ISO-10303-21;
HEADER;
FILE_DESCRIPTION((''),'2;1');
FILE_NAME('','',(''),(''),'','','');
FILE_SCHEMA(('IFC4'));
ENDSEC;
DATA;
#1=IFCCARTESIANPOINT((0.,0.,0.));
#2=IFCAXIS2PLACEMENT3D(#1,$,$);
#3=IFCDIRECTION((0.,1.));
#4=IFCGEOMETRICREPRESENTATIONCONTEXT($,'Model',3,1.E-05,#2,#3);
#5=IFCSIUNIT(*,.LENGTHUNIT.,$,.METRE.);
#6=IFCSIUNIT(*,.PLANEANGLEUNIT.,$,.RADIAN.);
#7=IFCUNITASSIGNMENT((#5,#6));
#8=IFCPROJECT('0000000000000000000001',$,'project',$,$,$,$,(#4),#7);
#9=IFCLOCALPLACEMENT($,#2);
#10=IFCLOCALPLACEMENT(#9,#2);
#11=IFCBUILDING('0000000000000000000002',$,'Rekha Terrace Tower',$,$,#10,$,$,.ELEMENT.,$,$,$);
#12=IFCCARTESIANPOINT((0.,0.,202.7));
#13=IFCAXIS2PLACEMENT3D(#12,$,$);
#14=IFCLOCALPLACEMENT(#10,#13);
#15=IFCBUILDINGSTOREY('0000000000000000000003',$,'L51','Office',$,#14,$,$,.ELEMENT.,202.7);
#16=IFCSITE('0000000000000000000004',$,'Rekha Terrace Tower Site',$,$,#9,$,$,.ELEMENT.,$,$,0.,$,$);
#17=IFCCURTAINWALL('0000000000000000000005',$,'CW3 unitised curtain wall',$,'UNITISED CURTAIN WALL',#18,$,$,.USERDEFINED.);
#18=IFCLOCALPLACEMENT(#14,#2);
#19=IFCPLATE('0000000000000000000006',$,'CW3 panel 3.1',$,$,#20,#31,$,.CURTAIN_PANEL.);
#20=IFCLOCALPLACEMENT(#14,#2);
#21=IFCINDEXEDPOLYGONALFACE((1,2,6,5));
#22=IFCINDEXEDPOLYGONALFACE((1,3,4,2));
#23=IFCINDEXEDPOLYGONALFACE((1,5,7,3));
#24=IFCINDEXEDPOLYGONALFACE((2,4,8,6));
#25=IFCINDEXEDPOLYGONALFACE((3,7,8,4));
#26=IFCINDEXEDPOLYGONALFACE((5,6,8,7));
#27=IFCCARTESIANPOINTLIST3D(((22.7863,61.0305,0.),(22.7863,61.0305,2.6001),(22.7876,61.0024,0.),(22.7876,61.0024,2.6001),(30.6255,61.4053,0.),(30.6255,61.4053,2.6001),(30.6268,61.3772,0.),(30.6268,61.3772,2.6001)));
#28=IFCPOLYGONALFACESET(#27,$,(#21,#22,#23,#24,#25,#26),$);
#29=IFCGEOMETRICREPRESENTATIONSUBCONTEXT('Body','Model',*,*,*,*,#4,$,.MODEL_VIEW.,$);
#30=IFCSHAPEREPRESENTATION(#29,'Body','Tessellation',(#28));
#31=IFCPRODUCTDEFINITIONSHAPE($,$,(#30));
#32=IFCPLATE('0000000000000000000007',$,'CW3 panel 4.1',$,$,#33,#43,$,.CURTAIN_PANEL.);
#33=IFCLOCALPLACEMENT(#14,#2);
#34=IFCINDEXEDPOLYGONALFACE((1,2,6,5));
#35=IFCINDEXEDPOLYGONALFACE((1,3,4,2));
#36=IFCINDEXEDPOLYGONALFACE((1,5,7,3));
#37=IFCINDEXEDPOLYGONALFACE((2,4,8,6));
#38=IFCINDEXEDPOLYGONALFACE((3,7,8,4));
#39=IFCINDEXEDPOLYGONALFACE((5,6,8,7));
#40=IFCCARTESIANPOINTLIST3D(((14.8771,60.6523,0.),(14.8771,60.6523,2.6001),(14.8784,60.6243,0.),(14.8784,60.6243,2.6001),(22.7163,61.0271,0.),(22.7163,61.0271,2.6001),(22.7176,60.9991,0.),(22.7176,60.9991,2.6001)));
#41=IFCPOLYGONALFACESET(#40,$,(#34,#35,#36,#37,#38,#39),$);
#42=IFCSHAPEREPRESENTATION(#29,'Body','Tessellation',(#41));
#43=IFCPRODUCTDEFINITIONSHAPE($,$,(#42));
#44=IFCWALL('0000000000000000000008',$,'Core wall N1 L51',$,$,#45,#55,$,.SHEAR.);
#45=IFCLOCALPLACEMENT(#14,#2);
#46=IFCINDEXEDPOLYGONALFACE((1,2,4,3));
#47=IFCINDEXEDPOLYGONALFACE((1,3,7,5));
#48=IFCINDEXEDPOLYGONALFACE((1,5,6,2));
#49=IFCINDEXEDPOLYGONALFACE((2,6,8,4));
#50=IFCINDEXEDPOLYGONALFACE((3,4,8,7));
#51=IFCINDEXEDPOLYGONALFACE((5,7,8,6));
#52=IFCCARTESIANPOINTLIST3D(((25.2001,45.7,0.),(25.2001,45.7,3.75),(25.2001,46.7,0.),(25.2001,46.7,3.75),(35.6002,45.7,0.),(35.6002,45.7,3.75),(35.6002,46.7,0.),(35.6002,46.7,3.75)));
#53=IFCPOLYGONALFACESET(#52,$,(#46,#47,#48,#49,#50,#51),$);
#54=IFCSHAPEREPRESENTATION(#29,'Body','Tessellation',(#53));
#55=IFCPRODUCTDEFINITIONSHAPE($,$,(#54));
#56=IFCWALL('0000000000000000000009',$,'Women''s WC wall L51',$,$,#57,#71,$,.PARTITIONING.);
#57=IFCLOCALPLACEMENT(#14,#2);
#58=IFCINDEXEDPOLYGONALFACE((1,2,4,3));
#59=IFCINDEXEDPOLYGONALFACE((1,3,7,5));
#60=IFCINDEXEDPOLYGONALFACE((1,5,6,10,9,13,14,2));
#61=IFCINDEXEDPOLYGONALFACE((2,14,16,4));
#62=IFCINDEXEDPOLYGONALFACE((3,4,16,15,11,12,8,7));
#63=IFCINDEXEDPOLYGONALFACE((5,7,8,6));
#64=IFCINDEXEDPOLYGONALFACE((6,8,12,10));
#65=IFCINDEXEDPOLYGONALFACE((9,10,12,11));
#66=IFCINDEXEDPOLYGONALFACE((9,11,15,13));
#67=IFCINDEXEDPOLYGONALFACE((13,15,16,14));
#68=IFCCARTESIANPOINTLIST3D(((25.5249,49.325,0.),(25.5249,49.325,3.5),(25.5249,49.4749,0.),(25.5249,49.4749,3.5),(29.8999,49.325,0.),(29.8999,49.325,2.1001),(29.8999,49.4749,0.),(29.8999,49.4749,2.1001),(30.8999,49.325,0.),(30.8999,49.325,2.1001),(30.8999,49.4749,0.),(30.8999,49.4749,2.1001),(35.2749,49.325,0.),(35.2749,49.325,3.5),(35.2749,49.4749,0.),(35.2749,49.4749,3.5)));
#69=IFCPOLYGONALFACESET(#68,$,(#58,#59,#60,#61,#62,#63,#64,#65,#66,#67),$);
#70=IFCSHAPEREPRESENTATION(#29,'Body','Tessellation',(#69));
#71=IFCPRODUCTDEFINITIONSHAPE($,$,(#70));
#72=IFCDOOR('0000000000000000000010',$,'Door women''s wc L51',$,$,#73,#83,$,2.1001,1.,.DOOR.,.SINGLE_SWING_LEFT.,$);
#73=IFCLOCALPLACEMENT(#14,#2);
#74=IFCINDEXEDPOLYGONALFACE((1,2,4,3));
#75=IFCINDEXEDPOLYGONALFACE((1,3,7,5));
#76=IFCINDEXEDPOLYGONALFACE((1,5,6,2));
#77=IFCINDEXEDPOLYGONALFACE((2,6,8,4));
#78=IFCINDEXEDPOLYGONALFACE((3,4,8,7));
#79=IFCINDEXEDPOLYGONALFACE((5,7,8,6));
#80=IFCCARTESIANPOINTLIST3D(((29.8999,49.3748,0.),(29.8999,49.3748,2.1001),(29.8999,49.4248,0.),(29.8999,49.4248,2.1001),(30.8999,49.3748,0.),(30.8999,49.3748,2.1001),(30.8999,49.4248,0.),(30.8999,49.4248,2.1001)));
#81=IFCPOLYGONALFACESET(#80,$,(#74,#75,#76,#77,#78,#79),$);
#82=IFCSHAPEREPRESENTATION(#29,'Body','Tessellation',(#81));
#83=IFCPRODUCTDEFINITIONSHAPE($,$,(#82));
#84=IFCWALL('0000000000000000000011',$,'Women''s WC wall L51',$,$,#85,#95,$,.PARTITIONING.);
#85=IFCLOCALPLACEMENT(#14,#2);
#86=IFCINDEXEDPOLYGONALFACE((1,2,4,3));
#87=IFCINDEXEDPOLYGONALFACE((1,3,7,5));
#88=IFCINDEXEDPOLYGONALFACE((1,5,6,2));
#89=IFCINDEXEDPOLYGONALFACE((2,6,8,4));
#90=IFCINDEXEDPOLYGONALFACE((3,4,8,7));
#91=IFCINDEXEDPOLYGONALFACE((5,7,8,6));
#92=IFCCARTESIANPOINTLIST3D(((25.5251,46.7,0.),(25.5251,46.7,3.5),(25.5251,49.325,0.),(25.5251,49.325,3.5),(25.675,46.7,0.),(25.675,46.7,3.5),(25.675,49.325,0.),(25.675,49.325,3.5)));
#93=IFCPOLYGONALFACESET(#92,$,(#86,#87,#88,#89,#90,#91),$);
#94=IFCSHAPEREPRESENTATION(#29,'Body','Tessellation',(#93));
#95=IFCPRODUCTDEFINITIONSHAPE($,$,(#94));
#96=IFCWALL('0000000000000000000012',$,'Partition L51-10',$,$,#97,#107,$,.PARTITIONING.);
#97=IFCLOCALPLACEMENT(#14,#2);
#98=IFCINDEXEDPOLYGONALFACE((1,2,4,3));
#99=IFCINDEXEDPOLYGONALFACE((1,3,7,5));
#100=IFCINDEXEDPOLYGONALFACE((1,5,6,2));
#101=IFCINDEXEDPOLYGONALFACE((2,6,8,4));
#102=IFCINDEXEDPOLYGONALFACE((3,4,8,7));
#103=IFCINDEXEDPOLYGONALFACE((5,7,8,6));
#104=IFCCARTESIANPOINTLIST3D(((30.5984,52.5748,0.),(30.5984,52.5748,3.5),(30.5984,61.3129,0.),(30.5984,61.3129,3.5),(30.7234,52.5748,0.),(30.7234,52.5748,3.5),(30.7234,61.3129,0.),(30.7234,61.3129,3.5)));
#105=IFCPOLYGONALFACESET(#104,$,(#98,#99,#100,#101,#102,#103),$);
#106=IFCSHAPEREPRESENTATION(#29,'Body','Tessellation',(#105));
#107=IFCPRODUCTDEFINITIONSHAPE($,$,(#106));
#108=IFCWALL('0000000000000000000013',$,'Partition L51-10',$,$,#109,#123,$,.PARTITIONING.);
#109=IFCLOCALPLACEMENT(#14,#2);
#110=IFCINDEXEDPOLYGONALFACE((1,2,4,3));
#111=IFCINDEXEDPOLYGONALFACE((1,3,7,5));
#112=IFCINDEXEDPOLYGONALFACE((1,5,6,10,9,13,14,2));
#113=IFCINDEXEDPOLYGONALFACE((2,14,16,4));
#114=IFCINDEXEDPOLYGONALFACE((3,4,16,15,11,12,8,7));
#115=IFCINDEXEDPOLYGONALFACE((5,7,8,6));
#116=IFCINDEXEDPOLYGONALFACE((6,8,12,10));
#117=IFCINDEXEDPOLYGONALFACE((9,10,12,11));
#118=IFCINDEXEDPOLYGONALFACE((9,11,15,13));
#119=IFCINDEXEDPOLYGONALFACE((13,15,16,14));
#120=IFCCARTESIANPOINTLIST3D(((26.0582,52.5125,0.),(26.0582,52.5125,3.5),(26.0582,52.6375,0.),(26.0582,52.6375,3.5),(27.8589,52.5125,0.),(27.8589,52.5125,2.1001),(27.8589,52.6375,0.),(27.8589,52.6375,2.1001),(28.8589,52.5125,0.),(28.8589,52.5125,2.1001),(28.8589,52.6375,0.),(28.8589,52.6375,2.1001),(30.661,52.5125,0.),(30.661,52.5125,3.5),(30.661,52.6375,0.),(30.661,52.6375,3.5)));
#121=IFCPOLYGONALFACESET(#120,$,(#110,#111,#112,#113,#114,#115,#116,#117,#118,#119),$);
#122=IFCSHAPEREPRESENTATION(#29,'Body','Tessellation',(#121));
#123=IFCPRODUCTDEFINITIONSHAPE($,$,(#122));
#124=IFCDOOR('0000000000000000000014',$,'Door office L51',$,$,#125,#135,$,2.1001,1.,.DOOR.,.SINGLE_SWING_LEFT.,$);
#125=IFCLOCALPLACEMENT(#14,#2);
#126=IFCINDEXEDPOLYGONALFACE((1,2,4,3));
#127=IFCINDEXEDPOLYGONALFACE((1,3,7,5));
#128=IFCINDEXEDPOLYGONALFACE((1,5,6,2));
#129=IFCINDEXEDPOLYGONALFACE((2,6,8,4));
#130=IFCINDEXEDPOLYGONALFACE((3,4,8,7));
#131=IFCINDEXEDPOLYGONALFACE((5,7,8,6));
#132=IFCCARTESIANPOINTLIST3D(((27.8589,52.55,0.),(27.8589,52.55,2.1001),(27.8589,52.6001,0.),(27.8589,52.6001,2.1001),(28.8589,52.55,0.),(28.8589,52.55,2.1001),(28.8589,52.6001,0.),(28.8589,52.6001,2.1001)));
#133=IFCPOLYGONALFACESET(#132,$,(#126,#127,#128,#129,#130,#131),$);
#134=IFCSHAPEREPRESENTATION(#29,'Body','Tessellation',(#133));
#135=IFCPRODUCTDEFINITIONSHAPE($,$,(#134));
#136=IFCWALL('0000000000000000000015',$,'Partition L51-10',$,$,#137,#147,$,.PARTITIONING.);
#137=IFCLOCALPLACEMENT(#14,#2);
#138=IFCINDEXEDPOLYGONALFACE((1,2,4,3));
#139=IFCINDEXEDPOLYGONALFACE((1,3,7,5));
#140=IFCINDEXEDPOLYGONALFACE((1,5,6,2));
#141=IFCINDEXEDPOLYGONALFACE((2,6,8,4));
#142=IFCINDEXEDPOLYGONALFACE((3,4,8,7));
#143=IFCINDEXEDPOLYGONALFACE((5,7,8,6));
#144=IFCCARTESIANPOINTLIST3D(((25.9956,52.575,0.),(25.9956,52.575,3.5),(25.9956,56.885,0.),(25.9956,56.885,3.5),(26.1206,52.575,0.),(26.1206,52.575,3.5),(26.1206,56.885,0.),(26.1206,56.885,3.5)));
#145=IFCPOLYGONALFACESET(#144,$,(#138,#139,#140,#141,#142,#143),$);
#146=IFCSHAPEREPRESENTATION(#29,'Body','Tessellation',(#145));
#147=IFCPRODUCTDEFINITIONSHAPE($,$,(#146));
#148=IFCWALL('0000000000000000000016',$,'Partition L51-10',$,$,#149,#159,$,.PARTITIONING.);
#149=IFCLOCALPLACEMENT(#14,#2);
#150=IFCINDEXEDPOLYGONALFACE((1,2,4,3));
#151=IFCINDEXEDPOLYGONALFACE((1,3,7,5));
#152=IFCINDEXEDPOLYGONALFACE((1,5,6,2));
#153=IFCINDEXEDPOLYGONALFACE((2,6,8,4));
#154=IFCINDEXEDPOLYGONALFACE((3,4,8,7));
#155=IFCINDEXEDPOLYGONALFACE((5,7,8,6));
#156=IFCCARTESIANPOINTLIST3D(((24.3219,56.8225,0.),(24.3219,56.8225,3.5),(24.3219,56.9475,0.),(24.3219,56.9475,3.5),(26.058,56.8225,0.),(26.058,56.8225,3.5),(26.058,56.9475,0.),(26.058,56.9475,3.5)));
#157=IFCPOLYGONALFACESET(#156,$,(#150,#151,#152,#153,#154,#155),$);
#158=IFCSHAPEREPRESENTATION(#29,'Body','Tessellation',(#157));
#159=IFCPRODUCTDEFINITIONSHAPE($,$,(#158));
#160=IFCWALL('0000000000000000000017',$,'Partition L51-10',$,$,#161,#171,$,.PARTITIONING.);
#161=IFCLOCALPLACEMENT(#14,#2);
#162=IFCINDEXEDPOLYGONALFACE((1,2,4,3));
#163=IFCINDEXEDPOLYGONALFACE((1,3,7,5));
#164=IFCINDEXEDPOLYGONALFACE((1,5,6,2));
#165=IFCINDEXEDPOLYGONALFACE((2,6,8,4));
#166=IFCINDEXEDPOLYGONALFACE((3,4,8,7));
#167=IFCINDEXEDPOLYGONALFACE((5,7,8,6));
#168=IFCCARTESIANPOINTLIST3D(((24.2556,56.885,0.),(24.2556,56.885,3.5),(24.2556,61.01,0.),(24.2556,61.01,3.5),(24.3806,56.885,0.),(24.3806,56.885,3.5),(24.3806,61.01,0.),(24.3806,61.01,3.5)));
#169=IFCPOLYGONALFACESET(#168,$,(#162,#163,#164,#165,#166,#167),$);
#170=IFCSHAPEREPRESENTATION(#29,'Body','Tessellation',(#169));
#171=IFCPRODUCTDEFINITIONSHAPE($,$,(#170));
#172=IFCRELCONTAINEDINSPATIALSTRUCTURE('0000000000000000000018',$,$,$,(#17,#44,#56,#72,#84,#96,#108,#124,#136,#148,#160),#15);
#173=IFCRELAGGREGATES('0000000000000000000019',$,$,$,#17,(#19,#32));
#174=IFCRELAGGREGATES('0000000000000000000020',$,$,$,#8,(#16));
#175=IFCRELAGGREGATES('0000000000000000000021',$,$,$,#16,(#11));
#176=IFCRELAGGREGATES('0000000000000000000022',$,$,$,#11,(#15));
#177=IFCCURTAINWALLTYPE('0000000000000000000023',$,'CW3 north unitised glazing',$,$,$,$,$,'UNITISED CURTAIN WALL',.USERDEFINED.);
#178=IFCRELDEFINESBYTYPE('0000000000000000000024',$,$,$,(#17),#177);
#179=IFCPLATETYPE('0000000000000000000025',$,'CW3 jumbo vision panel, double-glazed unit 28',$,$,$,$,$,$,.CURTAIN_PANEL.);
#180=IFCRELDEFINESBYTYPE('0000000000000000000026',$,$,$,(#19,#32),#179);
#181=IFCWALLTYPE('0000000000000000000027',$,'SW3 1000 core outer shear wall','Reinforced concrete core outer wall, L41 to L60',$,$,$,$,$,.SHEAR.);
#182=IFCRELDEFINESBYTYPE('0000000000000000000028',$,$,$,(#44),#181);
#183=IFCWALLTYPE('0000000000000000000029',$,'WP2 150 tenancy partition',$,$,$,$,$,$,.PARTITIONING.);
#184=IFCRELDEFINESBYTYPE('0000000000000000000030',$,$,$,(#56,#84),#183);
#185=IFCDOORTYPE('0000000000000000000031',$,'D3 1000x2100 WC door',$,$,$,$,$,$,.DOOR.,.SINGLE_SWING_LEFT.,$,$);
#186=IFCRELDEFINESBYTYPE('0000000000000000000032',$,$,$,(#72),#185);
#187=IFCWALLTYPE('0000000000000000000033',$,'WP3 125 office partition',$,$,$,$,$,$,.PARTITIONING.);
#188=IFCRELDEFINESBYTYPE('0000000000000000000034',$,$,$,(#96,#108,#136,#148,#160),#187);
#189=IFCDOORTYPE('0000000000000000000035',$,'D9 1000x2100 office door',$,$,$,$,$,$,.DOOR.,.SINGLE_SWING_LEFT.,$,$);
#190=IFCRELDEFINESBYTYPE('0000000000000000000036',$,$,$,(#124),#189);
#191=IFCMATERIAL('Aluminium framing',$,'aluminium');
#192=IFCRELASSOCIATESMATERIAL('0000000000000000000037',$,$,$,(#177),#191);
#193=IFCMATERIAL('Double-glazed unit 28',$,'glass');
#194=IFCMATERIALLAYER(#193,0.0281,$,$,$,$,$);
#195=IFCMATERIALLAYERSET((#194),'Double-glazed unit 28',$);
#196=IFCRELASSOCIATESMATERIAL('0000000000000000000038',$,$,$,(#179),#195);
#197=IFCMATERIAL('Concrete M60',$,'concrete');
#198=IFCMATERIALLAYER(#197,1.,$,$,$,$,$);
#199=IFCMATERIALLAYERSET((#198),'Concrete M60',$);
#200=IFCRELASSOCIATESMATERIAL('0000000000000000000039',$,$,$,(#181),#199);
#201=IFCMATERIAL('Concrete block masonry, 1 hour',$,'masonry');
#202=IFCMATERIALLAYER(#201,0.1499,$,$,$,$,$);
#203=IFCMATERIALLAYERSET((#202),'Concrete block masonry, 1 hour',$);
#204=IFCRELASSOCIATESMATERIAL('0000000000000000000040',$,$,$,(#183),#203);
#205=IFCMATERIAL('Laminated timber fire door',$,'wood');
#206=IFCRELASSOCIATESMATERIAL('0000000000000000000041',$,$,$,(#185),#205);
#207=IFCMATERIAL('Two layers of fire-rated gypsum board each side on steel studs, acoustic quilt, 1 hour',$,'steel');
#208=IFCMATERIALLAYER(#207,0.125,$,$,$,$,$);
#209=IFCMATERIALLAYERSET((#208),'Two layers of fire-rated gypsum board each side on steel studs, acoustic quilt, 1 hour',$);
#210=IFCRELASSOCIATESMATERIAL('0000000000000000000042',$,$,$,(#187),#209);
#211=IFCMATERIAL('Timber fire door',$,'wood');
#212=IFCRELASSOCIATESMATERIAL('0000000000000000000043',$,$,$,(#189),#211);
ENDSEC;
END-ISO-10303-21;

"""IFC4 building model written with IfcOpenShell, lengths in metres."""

from ifc_helpers import new_model, si_unit, direction, frame, frame_2d, origin, origin_2d, place, context, subcontext, project, spatial, rectangle, extrude, material, layer, layer_set, type_object, element, fill, aggregate, save


model = new_model("IFC4")

# Units and contexts
model_context = context("Model", 3, precision=1e-05, world=origin(), true_north=direction((0.0, 1.0)))
body_context = subcontext(model_context, "Body", "Model", "MODEL_VIEW")
ifc_project = project(units=[si_unit("LENGTHUNIT", "METRE"), si_unit("PLANEANGLEUNIT", "RADIAN")], contexts=[model_context])

# Site, building, storey
site_placement = place(None, origin())
site = spatial("IfcSite", under=ifc_project, at=site_placement, Name="Rekha Terrace Tower Site", CompositionType="ELEMENT", RefElevation=0.0)
building_placement = place(site_placement, origin())
building = spatial("IfcBuilding", under=site, at=building_placement, Name="Rekha Terrace Tower", CompositionType="ELEMENT")
storey_placement = place(building_placement, frame((0.0, 0.0, 202.7)))
storey = spatial("IfcBuildingStorey", under=building, at=storey_placement, Name="L51", Description="Office", CompositionType="ELEMENT", Elevation=202.7)

# Curtain wall, plates
ifc_material_1 = material(Name="Aluminium framing", Category="aluminium")
curtain_wall_type = type_object("IfcCurtainWallType", Name="CW3 north unitised glazing", ElementType="UNITISED CURTAIN WALL", PredefinedType="USERDEFINED", material=ifc_material_1)
curtain_wall_placement = place(storey_placement, origin())
curtain_wall = element("IfcCurtainWall", 1, at=curtain_wall_placement, inside=storey, type_object=curtain_wall_type, Name="CW3 unitised curtain wall", ObjectType="UNITISED CURTAIN WALL", PredefinedType="USERDEFINED")
ifc_material_2 = material(Name="Double-glazed unit 28", Category="glass")
ifc_layer_1 = layer(ifc_material_2, 0.0281)
ifc_layer_set_1 = layer_set([ifc_layer_1], Name="Double-glazed unit 28")
plate_type = type_object("IfcPlateType", Name="CW3 jumbo vision panel, double-glazed unit 28", PredefinedType="CURTAIN_PANEL", material=ifc_layer_set_1)
plate_1_placement = place(storey_placement, frame((26.7065, 61.2039, 0.0), z_axis=(0.0, 0.0, 1.0), x_axis=(-0.998859, -0.047759, 0.0)))
plate_1 = element("IfcPlate", 2, at=plate_1_placement, type_object=plate_type, Name="CW3 panel 3.1", PredefinedType="CURTAIN_PANEL", context=body_context, shape_type="SweptSolid", body=[
    extrude(rectangle(XDim=7.8481, YDim=0.0281, at=origin_2d()), origin(), (0.0, 0.0, 1.0), 2.6001),
])
plate_2_placement = place(storey_placement, frame((18.7974, 60.8257, 0.0), z_axis=(0.0, 0.0, 1.0), x_axis=(-0.998859, -0.047759, 0.0)))
plate_2 = element("IfcPlate", 3, at=plate_2_placement, type_object=plate_type, Name="CW3 panel 4.1", PredefinedType="CURTAIN_PANEL", context=body_context, shape_type="SweptSolid", body=[
    extrude(rectangle(XDim=7.8481, YDim=0.0281, at=origin_2d()), origin(), (0.0, 0.0, 1.0), 2.6001),
])
aggregate(curtain_wall, [plate_1, plate_2])

# Wall
ifc_material_3 = material(Name="Concrete M60", Category="concrete")
ifc_layer_2 = layer(ifc_material_3, 1.0)
ifc_layer_set_2 = layer_set([ifc_layer_2], Name="Concrete M60")
wall_type_1 = type_object("IfcWallType", Name="SW3 1000 core outer shear wall", Description="Reinforced concrete core outer wall, L41 to L60", PredefinedType="SHEAR", material=ifc_layer_set_2)
wall_1_placement = place(storey_placement, frame((25.2, 46.2, 0.0), z_axis=(0.0, 0.0, 1.0), x_axis=(1.0, 0.0, 0.0)))
element("IfcWall", 4, at=wall_1_placement, inside=storey, type_object=wall_type_1, Name="Core wall N1 L51", PredefinedType="SHEAR", context=body_context, shape_type="SweptSolid", body=[
    extrude(rectangle(XDim=10.4001, YDim=1.0, at=frame_2d((5.2002, 0.0))), origin(), (0.0, 0.0, 1.0), 3.75),
])

# Wall, opening, door
ifc_material_4 = material(Name="Concrete block masonry, 1 hour", Category="masonry")
ifc_layer_3 = layer(ifc_material_4, 0.1499)
ifc_layer_set_3 = layer_set([ifc_layer_3], Name="Concrete block masonry, 1 hour")
wall_type_2 = type_object("IfcWallType", Name="WP2 150 tenancy partition", PredefinedType="PARTITIONING", material=ifc_layer_set_3)
wall_2_placement = place(storey_placement, frame((25.5249, 49.3999, 0.0), z_axis=(0.0, 0.0, 1.0), x_axis=(1.0, 0.0, 0.0)))
wall_2 = element("IfcWall", 5, at=wall_2_placement, inside=storey, type_object=wall_type_2, Name="Women's WC wall L51", PredefinedType="PARTITIONING", context=body_context, shape_type="SweptSolid", body=[
    extrude(rectangle(XDim=9.75, YDim=0.1499, at=frame_2d((4.875, 0.0))), origin(), (0.0, 0.0, 1.0), 3.5),
])
opening_1_placement = place(wall_2_placement, frame((4.375, 0.0, 0.0)))
opening_1 = element("IfcOpeningElement", 6, at=opening_1_placement, cuts=wall_2, PredefinedType="OPENING", context=body_context, shape_type="SweptSolid", body=[
    extrude(rectangle(XDim=1.0, YDim=2.1001, at=frame_2d((0.5, 1.05))), frame((0.0, 0.085, 0.0), z_axis=(0.0, -1.0, 0.0), x_axis=(1.0, 0.0, 0.0)), (0.0, 0.0, 1.0), 0.1699),
])
ifc_material_5 = material(Name="Laminated timber fire door", Category="wood")
door_type_1 = type_object("IfcDoorType", Name="D3 1000x2100 WC door", OperationType="SINGLE_SWING_LEFT", PredefinedType="DOOR", material=ifc_material_5)
door_1_placement = place(opening_1_placement, origin())
door_1 = element("IfcDoor", 7, at=door_1_placement, inside=storey, type_object=door_type_1, Name="Door women's wc L51", OperationType="SINGLE_SWING_LEFT", OverallHeight=2.1001, OverallWidth=1.0, PredefinedType="DOOR", context=body_context, shape_type="SweptSolid", body=[
    extrude(rectangle(XDim=1.0, YDim=2.1001, at=frame_2d((0.5, 1.05))), frame((0.0, 0.0249, 0.0), z_axis=(0.0, -1.0, 0.0), x_axis=(1.0, 0.0, 0.0)), (0.0, 0.0, 1.0), 0.05),
])
fill(opening_1, door_1)

# Walls
wall_3_placement = place(storey_placement, frame((25.6001, 46.7, 0.0), z_axis=(0.0, 0.0, 1.0), x_axis=(0.0, 1.0, 0.0)))
element("IfcWall", 8, at=wall_3_placement, inside=storey, type_object=wall_type_2, Name="Women's WC wall L51", PredefinedType="PARTITIONING", context=body_context, shape_type="SweptSolid", body=[
    extrude(rectangle(XDim=2.625, YDim=0.1499, at=frame_2d((1.3125, 0.0))), origin(), (0.0, 0.0, 1.0), 3.5),
])
ifc_material_6 = material(Name="Two layers of fire-rated gypsum board each side on steel studs, acoustic quilt, 1 hour", Category="steel")
ifc_layer_4 = layer(ifc_material_6, 0.125)
ifc_layer_set_4 = layer_set([ifc_layer_4], Name="Two layers of fire-rated gypsum board each side on steel studs, acoustic quilt, 1 hour")
wall_type_3 = type_object("IfcWallType", Name="WP3 125 office partition", PredefinedType="PARTITIONING", material=ifc_layer_set_4)
wall_4_placement = place(storey_placement, frame((30.6609, 61.313, 0.0), z_axis=(0.0, 0.0, 1.0), x_axis=(0.0, -1.0, 0.0)))
element("IfcWall", 9, at=wall_4_placement, inside=storey, type_object=wall_type_3, Name="Partition L51-10", PredefinedType="PARTITIONING", context=body_context, shape_type="SweptSolid", body=[
    extrude(rectangle(XDim=8.738, YDim=0.125, at=frame_2d((4.3691, 0.0))), origin(), (0.0, 0.0, 1.0), 3.5),
])

# Wall, opening, door
wall_5_placement = place(storey_placement, frame((30.6609, 52.575, 0.0), z_axis=(0.0, 0.0, 1.0), x_axis=(-1.0, 0.0, 0.0)))
wall_5 = element("IfcWall", 10, at=wall_5_placement, inside=storey, type_object=wall_type_3, Name="Partition L51-10", PredefinedType="PARTITIONING", context=body_context, shape_type="SweptSolid", body=[
    extrude(rectangle(XDim=4.6028, YDim=0.125, at=frame_2d((2.3013, 0.0))), origin(), (0.0, 0.0, 1.0), 3.5),
])
opening_2_placement = place(wall_5_placement, frame((1.802, 0.0, 0.0)))
opening_2 = element("IfcOpeningElement", 11, at=opening_2_placement, cuts=wall_5, PredefinedType="OPENING", context=body_context, shape_type="SweptSolid", body=[
    extrude(rectangle(XDim=1.0, YDim=2.1001, at=frame_2d((0.5, 1.05))), frame((0.0, 0.0725, 0.0), z_axis=(0.0, -1.0, 0.0), x_axis=(1.0, 0.0, 0.0)), (0.0, 0.0, 1.0), 0.145),
])
ifc_material_7 = material(Name="Timber fire door", Category="wood")
door_type_2 = type_object("IfcDoorType", Name="D9 1000x2100 office door", OperationType="SINGLE_SWING_LEFT", PredefinedType="DOOR", material=ifc_material_7)
door_2_placement = place(opening_2_placement, origin())
door_2 = element("IfcDoor", 12, at=door_2_placement, inside=storey, type_object=door_type_2, Name="Door office L51", OperationType="SINGLE_SWING_LEFT", OverallHeight=2.1001, OverallWidth=1.0, PredefinedType="DOOR", context=body_context, shape_type="SweptSolid", body=[
    extrude(rectangle(XDim=1.0, YDim=2.1001, at=frame_2d((0.5, 1.05))), frame((0.0, 0.0249, 0.0), z_axis=(0.0, -1.0, 0.0), x_axis=(1.0, 0.0, 0.0)), (0.0, 0.0, 1.0), 0.05),
])
fill(opening_2, door_2)

# Walls
wall_6_placement = place(storey_placement, frame((26.0581, 52.575, 0.0), z_axis=(0.0, 0.0, 1.0), x_axis=(0.0, 1.0, 0.0)))
element("IfcWall", 13, at=wall_6_placement, inside=storey, type_object=wall_type_3, Name="Partition L51-10", PredefinedType="PARTITIONING", context=body_context, shape_type="SweptSolid", body=[
    extrude(rectangle(XDim=4.3101, YDim=0.125, at=frame_2d((2.155, 0.0))), origin(), (0.0, 0.0, 1.0), 3.5),
])
wall_7_placement = place(storey_placement, frame((26.0581, 56.885, 0.0), z_axis=(0.0, 0.0, 1.0), x_axis=(-1.0, 0.0, 0.0)))
element("IfcWall", 14, at=wall_7_placement, inside=storey, type_object=wall_type_3, Name="Partition L51-10", PredefinedType="PARTITIONING", context=body_context, shape_type="SweptSolid", body=[
    extrude(rectangle(XDim=1.7361, YDim=0.125, at=frame_2d((0.8682, 0.0))), origin(), (0.0, 0.0, 1.0), 3.5),
])
wall_8_placement = place(storey_placement, frame((24.3181, 56.885, 0.0), z_axis=(0.0, 0.0, 1.0), x_axis=(0.0, 1.0, 0.0)))
element("IfcWall", 15, at=wall_8_placement, inside=storey, type_object=wall_type_3, Name="Partition L51-10", PredefinedType="PARTITIONING", context=body_context, shape_type="SweptSolid", body=[
    extrude(rectangle(XDim=4.125, YDim=0.125, at=frame_2d((2.0625, 0.0))), origin(), (0.0, 0.0, 1.0), 3.5),
])

save(model, "model.ifc")
